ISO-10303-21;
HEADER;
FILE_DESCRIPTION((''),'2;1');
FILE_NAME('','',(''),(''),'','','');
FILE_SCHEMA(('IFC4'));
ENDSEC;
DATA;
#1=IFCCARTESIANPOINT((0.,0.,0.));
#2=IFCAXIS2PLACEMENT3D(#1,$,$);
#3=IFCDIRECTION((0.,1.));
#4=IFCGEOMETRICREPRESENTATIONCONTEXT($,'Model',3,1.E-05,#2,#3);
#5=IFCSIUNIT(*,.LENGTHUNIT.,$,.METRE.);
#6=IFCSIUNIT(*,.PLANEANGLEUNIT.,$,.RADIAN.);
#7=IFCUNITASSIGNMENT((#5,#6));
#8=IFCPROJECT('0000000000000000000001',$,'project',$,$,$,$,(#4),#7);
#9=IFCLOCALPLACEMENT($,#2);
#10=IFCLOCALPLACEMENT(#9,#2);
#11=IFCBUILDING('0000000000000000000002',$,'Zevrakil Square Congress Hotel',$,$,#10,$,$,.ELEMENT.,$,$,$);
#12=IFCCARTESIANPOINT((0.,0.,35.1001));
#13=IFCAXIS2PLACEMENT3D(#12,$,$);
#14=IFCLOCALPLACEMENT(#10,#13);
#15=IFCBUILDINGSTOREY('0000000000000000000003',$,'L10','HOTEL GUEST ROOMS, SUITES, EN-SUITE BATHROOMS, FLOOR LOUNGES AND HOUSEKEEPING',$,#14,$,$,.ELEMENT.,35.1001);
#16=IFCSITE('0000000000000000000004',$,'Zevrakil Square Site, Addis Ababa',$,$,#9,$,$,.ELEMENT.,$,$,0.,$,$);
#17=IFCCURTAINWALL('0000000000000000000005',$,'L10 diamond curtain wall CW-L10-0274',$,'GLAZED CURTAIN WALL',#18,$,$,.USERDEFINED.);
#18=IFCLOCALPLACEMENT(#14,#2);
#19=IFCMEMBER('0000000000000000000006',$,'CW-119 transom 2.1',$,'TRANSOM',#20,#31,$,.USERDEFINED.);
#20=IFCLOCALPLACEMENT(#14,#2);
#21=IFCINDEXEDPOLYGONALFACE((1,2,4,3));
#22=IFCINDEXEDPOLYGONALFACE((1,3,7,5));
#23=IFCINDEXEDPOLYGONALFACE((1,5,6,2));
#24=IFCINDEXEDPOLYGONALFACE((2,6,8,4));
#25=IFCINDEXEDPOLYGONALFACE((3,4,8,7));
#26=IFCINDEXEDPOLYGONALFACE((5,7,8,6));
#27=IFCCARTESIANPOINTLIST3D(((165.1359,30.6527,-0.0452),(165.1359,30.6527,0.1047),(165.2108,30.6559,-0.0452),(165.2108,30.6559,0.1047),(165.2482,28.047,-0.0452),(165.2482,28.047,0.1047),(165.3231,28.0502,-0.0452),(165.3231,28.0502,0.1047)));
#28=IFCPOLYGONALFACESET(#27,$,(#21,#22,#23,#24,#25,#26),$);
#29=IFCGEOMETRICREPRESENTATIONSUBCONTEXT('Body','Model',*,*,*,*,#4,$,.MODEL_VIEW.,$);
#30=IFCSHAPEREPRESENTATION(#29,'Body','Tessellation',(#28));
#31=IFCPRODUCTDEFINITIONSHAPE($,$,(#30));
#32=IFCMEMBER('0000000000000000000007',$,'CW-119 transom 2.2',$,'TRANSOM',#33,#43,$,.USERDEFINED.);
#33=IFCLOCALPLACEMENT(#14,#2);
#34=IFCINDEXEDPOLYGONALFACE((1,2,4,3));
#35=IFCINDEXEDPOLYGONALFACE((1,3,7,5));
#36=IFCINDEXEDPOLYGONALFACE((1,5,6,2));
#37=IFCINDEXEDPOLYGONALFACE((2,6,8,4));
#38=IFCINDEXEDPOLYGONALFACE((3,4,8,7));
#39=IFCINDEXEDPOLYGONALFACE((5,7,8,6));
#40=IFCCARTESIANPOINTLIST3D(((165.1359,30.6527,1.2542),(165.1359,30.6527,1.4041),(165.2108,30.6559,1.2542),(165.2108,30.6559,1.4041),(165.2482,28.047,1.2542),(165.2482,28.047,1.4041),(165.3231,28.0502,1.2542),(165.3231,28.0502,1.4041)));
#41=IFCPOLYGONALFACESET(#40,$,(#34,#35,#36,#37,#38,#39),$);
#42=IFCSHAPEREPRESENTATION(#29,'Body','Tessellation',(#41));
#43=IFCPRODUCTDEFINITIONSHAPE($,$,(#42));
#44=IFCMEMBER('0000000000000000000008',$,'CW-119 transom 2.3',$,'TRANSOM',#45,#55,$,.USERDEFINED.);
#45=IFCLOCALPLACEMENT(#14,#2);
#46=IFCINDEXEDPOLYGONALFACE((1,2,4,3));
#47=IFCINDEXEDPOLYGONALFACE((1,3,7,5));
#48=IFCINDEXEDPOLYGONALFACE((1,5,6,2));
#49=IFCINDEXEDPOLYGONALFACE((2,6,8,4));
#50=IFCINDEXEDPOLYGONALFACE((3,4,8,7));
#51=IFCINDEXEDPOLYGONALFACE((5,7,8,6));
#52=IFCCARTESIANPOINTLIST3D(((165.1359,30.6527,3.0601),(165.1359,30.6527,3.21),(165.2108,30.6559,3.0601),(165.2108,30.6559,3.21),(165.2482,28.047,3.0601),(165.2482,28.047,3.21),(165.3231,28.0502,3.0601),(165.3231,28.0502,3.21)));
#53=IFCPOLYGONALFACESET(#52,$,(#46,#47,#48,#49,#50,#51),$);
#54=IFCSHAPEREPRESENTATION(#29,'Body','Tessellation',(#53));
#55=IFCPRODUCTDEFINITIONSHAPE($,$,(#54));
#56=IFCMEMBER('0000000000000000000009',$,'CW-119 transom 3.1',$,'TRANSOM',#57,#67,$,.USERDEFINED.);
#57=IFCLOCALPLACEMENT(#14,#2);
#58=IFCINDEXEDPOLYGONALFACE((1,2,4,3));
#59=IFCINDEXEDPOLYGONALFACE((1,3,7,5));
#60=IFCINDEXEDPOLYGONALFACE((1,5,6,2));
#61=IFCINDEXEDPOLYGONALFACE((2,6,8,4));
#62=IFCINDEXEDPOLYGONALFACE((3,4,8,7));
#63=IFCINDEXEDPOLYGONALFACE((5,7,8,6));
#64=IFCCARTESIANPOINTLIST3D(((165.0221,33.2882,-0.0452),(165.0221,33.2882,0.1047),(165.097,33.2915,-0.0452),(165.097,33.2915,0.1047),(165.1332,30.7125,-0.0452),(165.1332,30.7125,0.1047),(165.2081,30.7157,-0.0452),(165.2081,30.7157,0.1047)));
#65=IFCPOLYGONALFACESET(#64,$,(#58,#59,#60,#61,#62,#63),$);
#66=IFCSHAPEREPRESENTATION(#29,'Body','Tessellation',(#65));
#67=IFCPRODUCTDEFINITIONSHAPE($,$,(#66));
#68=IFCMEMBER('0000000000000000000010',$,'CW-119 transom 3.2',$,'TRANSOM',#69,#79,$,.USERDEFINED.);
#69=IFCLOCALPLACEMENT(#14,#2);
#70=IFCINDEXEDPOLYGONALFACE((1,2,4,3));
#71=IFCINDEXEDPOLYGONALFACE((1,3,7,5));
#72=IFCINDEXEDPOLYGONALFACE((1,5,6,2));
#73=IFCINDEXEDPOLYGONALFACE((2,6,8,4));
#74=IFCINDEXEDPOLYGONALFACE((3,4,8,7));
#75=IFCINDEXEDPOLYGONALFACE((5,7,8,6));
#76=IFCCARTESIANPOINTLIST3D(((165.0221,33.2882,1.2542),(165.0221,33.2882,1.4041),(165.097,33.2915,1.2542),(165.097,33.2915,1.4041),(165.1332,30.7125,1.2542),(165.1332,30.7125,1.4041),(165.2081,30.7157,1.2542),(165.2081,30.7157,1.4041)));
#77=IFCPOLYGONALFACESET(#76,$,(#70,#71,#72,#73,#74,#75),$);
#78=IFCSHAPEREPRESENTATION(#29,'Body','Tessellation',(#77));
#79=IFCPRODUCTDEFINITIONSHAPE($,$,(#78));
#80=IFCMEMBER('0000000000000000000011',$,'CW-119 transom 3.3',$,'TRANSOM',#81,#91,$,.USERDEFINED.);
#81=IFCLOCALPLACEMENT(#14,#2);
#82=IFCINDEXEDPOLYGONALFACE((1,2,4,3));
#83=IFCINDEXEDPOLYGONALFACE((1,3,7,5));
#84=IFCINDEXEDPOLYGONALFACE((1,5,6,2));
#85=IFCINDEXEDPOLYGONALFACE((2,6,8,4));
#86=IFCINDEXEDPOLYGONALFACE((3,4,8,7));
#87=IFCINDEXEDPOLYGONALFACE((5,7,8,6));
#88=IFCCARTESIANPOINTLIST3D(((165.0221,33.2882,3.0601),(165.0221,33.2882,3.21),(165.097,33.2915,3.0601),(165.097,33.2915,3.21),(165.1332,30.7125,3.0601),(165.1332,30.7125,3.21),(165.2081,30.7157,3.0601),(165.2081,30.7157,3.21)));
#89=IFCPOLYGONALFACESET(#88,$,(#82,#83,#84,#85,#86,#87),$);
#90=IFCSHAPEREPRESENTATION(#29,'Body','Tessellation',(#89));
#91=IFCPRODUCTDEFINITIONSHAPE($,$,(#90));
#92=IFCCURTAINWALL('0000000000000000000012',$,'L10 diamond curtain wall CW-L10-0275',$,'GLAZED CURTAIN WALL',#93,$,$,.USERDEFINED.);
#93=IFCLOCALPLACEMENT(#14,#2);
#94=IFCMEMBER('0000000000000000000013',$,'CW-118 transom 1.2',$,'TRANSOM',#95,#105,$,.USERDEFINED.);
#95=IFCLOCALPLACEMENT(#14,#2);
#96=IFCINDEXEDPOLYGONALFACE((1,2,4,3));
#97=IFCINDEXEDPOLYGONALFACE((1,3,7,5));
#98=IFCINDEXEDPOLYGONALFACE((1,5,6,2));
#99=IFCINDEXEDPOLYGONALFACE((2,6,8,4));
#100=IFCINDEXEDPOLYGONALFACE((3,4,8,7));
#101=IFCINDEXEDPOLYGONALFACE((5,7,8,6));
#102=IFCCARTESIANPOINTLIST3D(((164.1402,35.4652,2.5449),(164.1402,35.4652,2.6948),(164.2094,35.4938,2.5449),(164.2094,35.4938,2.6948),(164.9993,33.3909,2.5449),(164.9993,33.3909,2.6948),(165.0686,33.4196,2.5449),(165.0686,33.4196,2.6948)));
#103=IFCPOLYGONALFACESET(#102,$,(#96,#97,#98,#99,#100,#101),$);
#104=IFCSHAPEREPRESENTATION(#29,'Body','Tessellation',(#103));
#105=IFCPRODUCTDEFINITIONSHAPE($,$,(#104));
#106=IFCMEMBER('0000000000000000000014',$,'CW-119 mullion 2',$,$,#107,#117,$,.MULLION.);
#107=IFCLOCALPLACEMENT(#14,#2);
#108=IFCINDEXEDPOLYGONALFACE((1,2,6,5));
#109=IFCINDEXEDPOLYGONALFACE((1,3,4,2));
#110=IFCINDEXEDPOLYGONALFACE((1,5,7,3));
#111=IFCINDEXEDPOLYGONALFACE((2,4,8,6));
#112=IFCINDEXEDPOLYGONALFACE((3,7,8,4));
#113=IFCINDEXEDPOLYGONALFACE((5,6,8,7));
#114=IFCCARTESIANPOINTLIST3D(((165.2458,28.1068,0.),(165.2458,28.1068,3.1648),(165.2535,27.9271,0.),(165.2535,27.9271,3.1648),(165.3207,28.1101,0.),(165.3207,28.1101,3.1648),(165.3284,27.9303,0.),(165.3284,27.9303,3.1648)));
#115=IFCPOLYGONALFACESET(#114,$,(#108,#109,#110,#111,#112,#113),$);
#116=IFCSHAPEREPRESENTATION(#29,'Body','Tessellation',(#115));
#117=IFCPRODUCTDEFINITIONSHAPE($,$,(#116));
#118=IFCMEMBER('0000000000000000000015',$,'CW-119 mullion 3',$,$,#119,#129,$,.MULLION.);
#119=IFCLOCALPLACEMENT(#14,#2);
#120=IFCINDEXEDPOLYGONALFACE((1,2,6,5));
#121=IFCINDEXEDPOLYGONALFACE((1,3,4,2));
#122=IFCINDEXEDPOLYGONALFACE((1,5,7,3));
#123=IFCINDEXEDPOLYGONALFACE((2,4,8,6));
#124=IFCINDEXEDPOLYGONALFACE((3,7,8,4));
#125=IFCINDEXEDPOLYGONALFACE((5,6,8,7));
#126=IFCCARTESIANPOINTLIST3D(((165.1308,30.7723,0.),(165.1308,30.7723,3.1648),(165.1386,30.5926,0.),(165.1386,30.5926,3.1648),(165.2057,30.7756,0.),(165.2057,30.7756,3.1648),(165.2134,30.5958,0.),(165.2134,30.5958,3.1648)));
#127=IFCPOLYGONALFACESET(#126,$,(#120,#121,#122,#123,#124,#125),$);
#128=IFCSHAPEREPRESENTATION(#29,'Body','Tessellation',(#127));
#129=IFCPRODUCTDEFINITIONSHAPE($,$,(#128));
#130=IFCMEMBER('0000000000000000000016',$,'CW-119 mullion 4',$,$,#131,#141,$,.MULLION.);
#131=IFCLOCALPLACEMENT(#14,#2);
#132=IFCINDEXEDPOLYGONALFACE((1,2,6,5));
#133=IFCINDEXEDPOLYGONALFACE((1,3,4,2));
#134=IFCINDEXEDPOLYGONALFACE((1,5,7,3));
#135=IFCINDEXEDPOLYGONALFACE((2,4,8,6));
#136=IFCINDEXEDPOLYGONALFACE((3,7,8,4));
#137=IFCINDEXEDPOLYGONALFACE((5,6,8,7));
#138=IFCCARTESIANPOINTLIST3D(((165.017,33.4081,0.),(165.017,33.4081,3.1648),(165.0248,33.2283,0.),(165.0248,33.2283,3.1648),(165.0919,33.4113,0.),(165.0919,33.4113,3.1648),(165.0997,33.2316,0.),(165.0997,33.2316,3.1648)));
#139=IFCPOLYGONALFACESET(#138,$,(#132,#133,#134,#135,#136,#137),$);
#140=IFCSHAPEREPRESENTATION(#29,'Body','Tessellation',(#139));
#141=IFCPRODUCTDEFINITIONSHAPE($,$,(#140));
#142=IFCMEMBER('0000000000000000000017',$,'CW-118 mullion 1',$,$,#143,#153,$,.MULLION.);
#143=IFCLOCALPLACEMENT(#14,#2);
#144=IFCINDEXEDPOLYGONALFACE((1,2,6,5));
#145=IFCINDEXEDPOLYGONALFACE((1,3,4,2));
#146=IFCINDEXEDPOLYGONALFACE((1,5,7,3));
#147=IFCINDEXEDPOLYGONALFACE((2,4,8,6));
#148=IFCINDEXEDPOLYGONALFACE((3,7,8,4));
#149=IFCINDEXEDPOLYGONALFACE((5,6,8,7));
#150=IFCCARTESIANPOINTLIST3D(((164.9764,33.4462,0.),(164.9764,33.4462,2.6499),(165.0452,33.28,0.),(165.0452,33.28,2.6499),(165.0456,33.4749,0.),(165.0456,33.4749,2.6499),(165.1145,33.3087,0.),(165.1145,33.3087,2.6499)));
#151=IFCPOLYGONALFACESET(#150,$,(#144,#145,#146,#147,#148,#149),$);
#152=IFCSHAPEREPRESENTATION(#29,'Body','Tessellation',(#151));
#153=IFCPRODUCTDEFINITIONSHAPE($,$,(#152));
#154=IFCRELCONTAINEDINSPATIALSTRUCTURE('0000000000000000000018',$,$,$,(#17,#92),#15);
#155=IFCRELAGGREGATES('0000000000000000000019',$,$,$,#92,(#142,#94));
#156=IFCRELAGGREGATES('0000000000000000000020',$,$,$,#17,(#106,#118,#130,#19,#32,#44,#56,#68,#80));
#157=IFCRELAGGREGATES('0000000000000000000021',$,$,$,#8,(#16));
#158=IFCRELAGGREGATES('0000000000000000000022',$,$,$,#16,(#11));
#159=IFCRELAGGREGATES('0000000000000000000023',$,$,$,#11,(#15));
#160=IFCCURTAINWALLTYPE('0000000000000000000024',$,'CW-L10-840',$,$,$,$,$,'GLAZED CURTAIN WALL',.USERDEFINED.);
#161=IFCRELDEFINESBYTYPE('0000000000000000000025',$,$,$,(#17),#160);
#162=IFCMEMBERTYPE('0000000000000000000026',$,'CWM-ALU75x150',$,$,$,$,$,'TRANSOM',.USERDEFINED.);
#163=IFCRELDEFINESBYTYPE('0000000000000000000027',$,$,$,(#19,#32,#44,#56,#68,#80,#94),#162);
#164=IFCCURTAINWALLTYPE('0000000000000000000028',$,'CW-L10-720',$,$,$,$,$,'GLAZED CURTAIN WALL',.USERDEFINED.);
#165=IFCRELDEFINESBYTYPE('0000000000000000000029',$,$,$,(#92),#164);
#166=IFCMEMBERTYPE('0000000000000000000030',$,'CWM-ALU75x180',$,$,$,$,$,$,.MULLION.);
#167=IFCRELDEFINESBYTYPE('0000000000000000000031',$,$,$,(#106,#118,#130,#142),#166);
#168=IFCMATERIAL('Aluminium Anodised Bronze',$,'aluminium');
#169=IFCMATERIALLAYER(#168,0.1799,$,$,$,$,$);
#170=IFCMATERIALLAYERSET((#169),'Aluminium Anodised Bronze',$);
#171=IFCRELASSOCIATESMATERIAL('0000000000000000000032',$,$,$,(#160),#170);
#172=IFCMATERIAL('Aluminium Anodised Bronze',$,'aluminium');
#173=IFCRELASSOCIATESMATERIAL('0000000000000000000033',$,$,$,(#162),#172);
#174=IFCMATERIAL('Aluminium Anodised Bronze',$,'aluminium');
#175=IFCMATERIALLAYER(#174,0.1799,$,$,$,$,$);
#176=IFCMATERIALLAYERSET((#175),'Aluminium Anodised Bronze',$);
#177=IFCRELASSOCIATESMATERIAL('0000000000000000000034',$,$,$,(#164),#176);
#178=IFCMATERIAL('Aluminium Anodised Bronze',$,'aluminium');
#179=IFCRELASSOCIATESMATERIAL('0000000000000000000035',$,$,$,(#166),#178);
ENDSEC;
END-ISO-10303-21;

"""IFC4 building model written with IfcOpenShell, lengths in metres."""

from ifc_helpers import new_model, si_unit, direction, frame, origin, origin_2d, place, context, subcontext, project, spatial, rectangle, extrude, material, layer, layer_set, material_profile, profile_set, type_object, element, aggregate, save


model = new_model("IFC4")

# Units and contexts
model_context = context("Model", 3, precision=1e-05, world=origin(), true_north=direction((0.0, 1.0)))
body_context = subcontext(model_context, "Body", "Model", "MODEL_VIEW")
ifc_project = project(units=[si_unit("LENGTHUNIT", "METRE"), si_unit("PLANEANGLEUNIT", "RADIAN")], contexts=[model_context])

# Site, building, storey
site_placement = place(None, origin())
site = spatial("IfcSite", under=ifc_project, at=site_placement, Name="Zevrakil Square Site, Addis Ababa", CompositionType="ELEMENT", RefElevation=0.0)
building_placement = place(site_placement, origin())
building = spatial("IfcBuilding", under=site, at=building_placement, Name="Zevrakil Square Congress Hotel", CompositionType="ELEMENT")
storey_placement = place(building_placement, frame((0.0, 0.0, 35.1001)))
storey = spatial("IfcBuildingStorey", under=building, at=storey_placement, Name="L10", Description="HOTEL GUEST ROOMS, SUITES, EN-SUITE BATHROOMS, FLOOR LOUNGES AND HOUSEKEEPING", CompositionType="ELEMENT", Elevation=35.1001)

# Curtain wall, members
ifc_material_1 = material(Name="Aluminium Anodised Bronze", Category="aluminium")
ifc_layer_1 = layer(ifc_material_1, 0.1799)
ifc_layer_set_1 = layer_set([ifc_layer_1], Name="Aluminium Anodised Bronze")
curtain_wall_type_1 = type_object("IfcCurtainWallType", Name="CW-L10-840", ElementType="GLAZED CURTAIN WALL", PredefinedType="USERDEFINED", material=ifc_layer_set_1)
curtain_wall_1_placement = place(storey_placement, origin())
curtain_wall_1 = element("IfcCurtainWall", 1, at=curtain_wall_1_placement, inside=storey, type_object=curtain_wall_type_1, Name="L10 diamond curtain wall CW-L10-0274", ObjectType="GLAZED CURTAIN WALL", PredefinedType="USERDEFINED")
ifc_material_2 = material(Name="Aluminium Anodised Bronze", Category="aluminium")
ifc_material_profile_1 = material_profile(ifc_material_2, rectangle(XDim=0.075, YDim=0.1499, at=origin_2d()), Name="ALU 75x150")
ifc_profile_set_1 = profile_set([ifc_material_profile_1], Name="Aluminium Anodised Bronze")
member_type_1 = type_object("IfcMemberType", Name="CWM-ALU75x150", ElementType="TRANSOM", PredefinedType="USERDEFINED", material=ifc_profile_set_1)
member_1_placement = place(storey_placement, frame((165.2856, 28.0486, 0.0298), z_axis=(-0.043059, 0.999073, 0.0), x_axis=(-0.999073, -0.043059, 0.0)))
member_1 = element("IfcMember", 2, at=member_1_placement, type_object=member_type_1, Name="CW-119 transom 2.1", ObjectType="TRANSOM", PredefinedType="USERDEFINED", context=body_context, shape_type="SweptSolid", body=[
    extrude(rectangle(XDim=0.075, YDim=0.1499, at=origin_2d()), origin(), (0.0, 0.0, 1.0), 2.6082),
])
member_2_placement = place(storey_placement, frame((165.2856, 28.0486, 1.3291), z_axis=(-0.043059, 0.999073, 0.0), x_axis=(-0.999073, -0.043059, 0.0)))
member_2 = element("IfcMember", 3, at=member_2_placement, type_object=member_type_1, Name="CW-119 transom 2.2", ObjectType="TRANSOM", PredefinedType="USERDEFINED", context=body_context, shape_type="SweptSolid", body=[
    extrude(rectangle(XDim=0.075, YDim=0.1499, at=origin_2d()), origin(), (0.0, 0.0, 1.0), 2.6082),
])
member_3_placement = place(storey_placement, frame((165.2856, 28.0486, 3.135), z_axis=(-0.043059, 0.999073, 0.0), x_axis=(-0.999073, -0.043059, 0.0)))
member_3 = element("IfcMember", 4, at=member_3_placement, type_object=member_type_1, Name="CW-119 transom 2.3", ObjectType="TRANSOM", PredefinedType="USERDEFINED", context=body_context, shape_type="SweptSolid", body=[
    extrude(rectangle(XDim=0.075, YDim=0.1499, at=origin_2d()), origin(), (0.0, 0.0, 1.0), 2.6082),
])
member_4_placement = place(storey_placement, frame((165.1707, 30.7141, 0.0298), z_axis=(-0.043088, 0.999071, 0.0), x_axis=(-0.999071, -0.043088, 0.0)))
member_4 = element("IfcMember", 5, at=member_4_placement, type_object=member_type_1, Name="CW-119 transom 3.1", ObjectType="TRANSOM", PredefinedType="USERDEFINED", context=body_context, shape_type="SweptSolid", body=[
    extrude(rectangle(XDim=0.075, YDim=0.1499, at=origin_2d()), origin(), (0.0, 0.0, 1.0), 2.5781),
])
member_5_placement = place(storey_placement, frame((165.1707, 30.7141, 1.3291), z_axis=(-0.043088, 0.999071, 0.0), x_axis=(-0.999071, -0.043088, 0.0)))
member_5 = element("IfcMember", 6, at=member_5_placement, type_object=member_type_1, Name="CW-119 transom 3.2", ObjectType="TRANSOM", PredefinedType="USERDEFINED", context=body_context, shape_type="SweptSolid", body=[
    extrude(rectangle(XDim=0.075, YDim=0.1499, at=origin_2d()), origin(), (0.0, 0.0, 1.0), 2.5781),
])
member_6_placement = place(storey_placement, frame((165.1707, 30.7141, 3.135), z_axis=(-0.043088, 0.999071, 0.0), x_axis=(-0.999071, -0.043088, 0.0)))
member_6 = element("IfcMember", 7, at=member_6_placement, type_object=member_type_1, Name="CW-119 transom 3.3", ObjectType="TRANSOM", PredefinedType="USERDEFINED", context=body_context, shape_type="SweptSolid", body=[
    extrude(rectangle(XDim=0.075, YDim=0.1499, at=origin_2d()), origin(), (0.0, 0.0, 1.0), 2.5781),
])

# Curtain wall, member
ifc_material_3 = material(Name="Aluminium Anodised Bronze", Category="aluminium")
ifc_layer_2 = layer(ifc_material_3, 0.1799)
ifc_layer_set_2 = layer_set([ifc_layer_2], Name="Aluminium Anodised Bronze")
curtain_wall_type_2 = type_object("IfcCurtainWallType", Name="CW-L10-720", ElementType="GLAZED CURTAIN WALL", PredefinedType="USERDEFINED", material=ifc_layer_set_2)
curtain_wall_2_placement = place(storey_placement, origin())
curtain_wall_2 = element("IfcCurtainWall", 8, at=curtain_wall_2_placement, inside=storey, type_object=curtain_wall_type_2, Name="L10 diamond curtain wall CW-L10-0275", ObjectType="GLAZED CURTAIN WALL", PredefinedType="USERDEFINED")
member_7_placement = place(storey_placement, frame((165.0339, 33.4053, 2.6199), z_axis=(-0.382669, 0.923886, 0.0), x_axis=(-0.923886, -0.382669, 0.0)))
member_7 = element("IfcMember", 9, at=member_7_placement, type_object=member_type_1, Name="CW-118 transom 1.2", ObjectType="TRANSOM", PredefinedType="USERDEFINED", context=body_context, shape_type="SweptSolid", body=[
    extrude(rectangle(XDim=0.075, YDim=0.1499, at=origin_2d()), origin(), (0.0, 0.0, 1.0), 2.2451),
])

# Members
ifc_material_4 = material(Name="Aluminium Anodised Bronze", Category="aluminium")
ifc_material_profile_2 = material_profile(ifc_material_4, rectangle(XDim=0.075, YDim=0.1799, at=origin_2d()), Name="ALU 75x180")
ifc_profile_set_2 = profile_set([ifc_material_profile_2], Name="Aluminium Anodised Bronze")
member_type_2 = type_object("IfcMemberType", Name="CWM-ALU75x180", PredefinedType="MULLION", material=ifc_profile_set_2)
member_8_placement = place(storey_placement, frame((165.2871, 28.0186, 0.0), z_axis=(0.0, 0.0, 1.0), x_axis=(-0.999071, -0.043102, 0.0)))
member_8 = element("IfcMember", 10, at=member_8_placement, type_object=member_type_2, Name="CW-119 mullion 2", PredefinedType="MULLION", context=body_context, shape_type="SweptSolid", body=[
    extrude(rectangle(XDim=0.075, YDim=0.1799, at=origin_2d()), origin(), (0.0, 0.0, 1.0), 3.1648),
])
member_9_placement = place(storey_placement, frame((165.1721, 30.6841, 0.0), z_axis=(0.0, 0.0, 1.0), x_axis=(-0.999071, -0.043102, 0.0)))
member_9 = element("IfcMember", 11, at=member_9_placement, type_object=member_type_2, Name="CW-119 mullion 3", PredefinedType="MULLION", context=body_context, shape_type="SweptSolid", body=[
    extrude(rectangle(XDim=0.075, YDim=0.1799, at=origin_2d()), origin(), (0.0, 0.0, 1.0), 3.1648),
])
member_10_placement = place(storey_placement, frame((165.0583, 33.3198, 0.0), z_axis=(0.0, 0.0, 1.0), x_axis=(-0.999071, -0.043102, 0.0)))
member_10 = element("IfcMember", 12, at=member_10_placement, type_object=member_type_2, Name="CW-119 mullion 4", PredefinedType="MULLION", context=body_context, shape_type="SweptSolid", body=[
    extrude(rectangle(XDim=0.075, YDim=0.1799, at=origin_2d()), origin(), (0.0, 0.0, 1.0), 3.1648),
])
member_11_placement = place(storey_placement, frame((165.0454, 33.3774, 0.0), z_axis=(0.0, 0.0, 1.0), x_axis=(-0.923879, -0.382684, 0.0)))
member_11 = element("IfcMember", 13, at=member_11_placement, type_object=member_type_2, Name="CW-118 mullion 1", PredefinedType="MULLION", context=body_context, shape_type="SweptSolid", body=[
    extrude(rectangle(XDim=0.075, YDim=0.1799, at=origin_2d()), origin(), (0.0, 0.0, 1.0), 2.6499),
])
aggregate(curtain_wall_2, [member_11, member_7])

aggregate(curtain_wall_1, [member_8, member_9, member_10, member_1, member_2, member_3, member_4, member_5, member_6])

save(model, "model.ifc")
